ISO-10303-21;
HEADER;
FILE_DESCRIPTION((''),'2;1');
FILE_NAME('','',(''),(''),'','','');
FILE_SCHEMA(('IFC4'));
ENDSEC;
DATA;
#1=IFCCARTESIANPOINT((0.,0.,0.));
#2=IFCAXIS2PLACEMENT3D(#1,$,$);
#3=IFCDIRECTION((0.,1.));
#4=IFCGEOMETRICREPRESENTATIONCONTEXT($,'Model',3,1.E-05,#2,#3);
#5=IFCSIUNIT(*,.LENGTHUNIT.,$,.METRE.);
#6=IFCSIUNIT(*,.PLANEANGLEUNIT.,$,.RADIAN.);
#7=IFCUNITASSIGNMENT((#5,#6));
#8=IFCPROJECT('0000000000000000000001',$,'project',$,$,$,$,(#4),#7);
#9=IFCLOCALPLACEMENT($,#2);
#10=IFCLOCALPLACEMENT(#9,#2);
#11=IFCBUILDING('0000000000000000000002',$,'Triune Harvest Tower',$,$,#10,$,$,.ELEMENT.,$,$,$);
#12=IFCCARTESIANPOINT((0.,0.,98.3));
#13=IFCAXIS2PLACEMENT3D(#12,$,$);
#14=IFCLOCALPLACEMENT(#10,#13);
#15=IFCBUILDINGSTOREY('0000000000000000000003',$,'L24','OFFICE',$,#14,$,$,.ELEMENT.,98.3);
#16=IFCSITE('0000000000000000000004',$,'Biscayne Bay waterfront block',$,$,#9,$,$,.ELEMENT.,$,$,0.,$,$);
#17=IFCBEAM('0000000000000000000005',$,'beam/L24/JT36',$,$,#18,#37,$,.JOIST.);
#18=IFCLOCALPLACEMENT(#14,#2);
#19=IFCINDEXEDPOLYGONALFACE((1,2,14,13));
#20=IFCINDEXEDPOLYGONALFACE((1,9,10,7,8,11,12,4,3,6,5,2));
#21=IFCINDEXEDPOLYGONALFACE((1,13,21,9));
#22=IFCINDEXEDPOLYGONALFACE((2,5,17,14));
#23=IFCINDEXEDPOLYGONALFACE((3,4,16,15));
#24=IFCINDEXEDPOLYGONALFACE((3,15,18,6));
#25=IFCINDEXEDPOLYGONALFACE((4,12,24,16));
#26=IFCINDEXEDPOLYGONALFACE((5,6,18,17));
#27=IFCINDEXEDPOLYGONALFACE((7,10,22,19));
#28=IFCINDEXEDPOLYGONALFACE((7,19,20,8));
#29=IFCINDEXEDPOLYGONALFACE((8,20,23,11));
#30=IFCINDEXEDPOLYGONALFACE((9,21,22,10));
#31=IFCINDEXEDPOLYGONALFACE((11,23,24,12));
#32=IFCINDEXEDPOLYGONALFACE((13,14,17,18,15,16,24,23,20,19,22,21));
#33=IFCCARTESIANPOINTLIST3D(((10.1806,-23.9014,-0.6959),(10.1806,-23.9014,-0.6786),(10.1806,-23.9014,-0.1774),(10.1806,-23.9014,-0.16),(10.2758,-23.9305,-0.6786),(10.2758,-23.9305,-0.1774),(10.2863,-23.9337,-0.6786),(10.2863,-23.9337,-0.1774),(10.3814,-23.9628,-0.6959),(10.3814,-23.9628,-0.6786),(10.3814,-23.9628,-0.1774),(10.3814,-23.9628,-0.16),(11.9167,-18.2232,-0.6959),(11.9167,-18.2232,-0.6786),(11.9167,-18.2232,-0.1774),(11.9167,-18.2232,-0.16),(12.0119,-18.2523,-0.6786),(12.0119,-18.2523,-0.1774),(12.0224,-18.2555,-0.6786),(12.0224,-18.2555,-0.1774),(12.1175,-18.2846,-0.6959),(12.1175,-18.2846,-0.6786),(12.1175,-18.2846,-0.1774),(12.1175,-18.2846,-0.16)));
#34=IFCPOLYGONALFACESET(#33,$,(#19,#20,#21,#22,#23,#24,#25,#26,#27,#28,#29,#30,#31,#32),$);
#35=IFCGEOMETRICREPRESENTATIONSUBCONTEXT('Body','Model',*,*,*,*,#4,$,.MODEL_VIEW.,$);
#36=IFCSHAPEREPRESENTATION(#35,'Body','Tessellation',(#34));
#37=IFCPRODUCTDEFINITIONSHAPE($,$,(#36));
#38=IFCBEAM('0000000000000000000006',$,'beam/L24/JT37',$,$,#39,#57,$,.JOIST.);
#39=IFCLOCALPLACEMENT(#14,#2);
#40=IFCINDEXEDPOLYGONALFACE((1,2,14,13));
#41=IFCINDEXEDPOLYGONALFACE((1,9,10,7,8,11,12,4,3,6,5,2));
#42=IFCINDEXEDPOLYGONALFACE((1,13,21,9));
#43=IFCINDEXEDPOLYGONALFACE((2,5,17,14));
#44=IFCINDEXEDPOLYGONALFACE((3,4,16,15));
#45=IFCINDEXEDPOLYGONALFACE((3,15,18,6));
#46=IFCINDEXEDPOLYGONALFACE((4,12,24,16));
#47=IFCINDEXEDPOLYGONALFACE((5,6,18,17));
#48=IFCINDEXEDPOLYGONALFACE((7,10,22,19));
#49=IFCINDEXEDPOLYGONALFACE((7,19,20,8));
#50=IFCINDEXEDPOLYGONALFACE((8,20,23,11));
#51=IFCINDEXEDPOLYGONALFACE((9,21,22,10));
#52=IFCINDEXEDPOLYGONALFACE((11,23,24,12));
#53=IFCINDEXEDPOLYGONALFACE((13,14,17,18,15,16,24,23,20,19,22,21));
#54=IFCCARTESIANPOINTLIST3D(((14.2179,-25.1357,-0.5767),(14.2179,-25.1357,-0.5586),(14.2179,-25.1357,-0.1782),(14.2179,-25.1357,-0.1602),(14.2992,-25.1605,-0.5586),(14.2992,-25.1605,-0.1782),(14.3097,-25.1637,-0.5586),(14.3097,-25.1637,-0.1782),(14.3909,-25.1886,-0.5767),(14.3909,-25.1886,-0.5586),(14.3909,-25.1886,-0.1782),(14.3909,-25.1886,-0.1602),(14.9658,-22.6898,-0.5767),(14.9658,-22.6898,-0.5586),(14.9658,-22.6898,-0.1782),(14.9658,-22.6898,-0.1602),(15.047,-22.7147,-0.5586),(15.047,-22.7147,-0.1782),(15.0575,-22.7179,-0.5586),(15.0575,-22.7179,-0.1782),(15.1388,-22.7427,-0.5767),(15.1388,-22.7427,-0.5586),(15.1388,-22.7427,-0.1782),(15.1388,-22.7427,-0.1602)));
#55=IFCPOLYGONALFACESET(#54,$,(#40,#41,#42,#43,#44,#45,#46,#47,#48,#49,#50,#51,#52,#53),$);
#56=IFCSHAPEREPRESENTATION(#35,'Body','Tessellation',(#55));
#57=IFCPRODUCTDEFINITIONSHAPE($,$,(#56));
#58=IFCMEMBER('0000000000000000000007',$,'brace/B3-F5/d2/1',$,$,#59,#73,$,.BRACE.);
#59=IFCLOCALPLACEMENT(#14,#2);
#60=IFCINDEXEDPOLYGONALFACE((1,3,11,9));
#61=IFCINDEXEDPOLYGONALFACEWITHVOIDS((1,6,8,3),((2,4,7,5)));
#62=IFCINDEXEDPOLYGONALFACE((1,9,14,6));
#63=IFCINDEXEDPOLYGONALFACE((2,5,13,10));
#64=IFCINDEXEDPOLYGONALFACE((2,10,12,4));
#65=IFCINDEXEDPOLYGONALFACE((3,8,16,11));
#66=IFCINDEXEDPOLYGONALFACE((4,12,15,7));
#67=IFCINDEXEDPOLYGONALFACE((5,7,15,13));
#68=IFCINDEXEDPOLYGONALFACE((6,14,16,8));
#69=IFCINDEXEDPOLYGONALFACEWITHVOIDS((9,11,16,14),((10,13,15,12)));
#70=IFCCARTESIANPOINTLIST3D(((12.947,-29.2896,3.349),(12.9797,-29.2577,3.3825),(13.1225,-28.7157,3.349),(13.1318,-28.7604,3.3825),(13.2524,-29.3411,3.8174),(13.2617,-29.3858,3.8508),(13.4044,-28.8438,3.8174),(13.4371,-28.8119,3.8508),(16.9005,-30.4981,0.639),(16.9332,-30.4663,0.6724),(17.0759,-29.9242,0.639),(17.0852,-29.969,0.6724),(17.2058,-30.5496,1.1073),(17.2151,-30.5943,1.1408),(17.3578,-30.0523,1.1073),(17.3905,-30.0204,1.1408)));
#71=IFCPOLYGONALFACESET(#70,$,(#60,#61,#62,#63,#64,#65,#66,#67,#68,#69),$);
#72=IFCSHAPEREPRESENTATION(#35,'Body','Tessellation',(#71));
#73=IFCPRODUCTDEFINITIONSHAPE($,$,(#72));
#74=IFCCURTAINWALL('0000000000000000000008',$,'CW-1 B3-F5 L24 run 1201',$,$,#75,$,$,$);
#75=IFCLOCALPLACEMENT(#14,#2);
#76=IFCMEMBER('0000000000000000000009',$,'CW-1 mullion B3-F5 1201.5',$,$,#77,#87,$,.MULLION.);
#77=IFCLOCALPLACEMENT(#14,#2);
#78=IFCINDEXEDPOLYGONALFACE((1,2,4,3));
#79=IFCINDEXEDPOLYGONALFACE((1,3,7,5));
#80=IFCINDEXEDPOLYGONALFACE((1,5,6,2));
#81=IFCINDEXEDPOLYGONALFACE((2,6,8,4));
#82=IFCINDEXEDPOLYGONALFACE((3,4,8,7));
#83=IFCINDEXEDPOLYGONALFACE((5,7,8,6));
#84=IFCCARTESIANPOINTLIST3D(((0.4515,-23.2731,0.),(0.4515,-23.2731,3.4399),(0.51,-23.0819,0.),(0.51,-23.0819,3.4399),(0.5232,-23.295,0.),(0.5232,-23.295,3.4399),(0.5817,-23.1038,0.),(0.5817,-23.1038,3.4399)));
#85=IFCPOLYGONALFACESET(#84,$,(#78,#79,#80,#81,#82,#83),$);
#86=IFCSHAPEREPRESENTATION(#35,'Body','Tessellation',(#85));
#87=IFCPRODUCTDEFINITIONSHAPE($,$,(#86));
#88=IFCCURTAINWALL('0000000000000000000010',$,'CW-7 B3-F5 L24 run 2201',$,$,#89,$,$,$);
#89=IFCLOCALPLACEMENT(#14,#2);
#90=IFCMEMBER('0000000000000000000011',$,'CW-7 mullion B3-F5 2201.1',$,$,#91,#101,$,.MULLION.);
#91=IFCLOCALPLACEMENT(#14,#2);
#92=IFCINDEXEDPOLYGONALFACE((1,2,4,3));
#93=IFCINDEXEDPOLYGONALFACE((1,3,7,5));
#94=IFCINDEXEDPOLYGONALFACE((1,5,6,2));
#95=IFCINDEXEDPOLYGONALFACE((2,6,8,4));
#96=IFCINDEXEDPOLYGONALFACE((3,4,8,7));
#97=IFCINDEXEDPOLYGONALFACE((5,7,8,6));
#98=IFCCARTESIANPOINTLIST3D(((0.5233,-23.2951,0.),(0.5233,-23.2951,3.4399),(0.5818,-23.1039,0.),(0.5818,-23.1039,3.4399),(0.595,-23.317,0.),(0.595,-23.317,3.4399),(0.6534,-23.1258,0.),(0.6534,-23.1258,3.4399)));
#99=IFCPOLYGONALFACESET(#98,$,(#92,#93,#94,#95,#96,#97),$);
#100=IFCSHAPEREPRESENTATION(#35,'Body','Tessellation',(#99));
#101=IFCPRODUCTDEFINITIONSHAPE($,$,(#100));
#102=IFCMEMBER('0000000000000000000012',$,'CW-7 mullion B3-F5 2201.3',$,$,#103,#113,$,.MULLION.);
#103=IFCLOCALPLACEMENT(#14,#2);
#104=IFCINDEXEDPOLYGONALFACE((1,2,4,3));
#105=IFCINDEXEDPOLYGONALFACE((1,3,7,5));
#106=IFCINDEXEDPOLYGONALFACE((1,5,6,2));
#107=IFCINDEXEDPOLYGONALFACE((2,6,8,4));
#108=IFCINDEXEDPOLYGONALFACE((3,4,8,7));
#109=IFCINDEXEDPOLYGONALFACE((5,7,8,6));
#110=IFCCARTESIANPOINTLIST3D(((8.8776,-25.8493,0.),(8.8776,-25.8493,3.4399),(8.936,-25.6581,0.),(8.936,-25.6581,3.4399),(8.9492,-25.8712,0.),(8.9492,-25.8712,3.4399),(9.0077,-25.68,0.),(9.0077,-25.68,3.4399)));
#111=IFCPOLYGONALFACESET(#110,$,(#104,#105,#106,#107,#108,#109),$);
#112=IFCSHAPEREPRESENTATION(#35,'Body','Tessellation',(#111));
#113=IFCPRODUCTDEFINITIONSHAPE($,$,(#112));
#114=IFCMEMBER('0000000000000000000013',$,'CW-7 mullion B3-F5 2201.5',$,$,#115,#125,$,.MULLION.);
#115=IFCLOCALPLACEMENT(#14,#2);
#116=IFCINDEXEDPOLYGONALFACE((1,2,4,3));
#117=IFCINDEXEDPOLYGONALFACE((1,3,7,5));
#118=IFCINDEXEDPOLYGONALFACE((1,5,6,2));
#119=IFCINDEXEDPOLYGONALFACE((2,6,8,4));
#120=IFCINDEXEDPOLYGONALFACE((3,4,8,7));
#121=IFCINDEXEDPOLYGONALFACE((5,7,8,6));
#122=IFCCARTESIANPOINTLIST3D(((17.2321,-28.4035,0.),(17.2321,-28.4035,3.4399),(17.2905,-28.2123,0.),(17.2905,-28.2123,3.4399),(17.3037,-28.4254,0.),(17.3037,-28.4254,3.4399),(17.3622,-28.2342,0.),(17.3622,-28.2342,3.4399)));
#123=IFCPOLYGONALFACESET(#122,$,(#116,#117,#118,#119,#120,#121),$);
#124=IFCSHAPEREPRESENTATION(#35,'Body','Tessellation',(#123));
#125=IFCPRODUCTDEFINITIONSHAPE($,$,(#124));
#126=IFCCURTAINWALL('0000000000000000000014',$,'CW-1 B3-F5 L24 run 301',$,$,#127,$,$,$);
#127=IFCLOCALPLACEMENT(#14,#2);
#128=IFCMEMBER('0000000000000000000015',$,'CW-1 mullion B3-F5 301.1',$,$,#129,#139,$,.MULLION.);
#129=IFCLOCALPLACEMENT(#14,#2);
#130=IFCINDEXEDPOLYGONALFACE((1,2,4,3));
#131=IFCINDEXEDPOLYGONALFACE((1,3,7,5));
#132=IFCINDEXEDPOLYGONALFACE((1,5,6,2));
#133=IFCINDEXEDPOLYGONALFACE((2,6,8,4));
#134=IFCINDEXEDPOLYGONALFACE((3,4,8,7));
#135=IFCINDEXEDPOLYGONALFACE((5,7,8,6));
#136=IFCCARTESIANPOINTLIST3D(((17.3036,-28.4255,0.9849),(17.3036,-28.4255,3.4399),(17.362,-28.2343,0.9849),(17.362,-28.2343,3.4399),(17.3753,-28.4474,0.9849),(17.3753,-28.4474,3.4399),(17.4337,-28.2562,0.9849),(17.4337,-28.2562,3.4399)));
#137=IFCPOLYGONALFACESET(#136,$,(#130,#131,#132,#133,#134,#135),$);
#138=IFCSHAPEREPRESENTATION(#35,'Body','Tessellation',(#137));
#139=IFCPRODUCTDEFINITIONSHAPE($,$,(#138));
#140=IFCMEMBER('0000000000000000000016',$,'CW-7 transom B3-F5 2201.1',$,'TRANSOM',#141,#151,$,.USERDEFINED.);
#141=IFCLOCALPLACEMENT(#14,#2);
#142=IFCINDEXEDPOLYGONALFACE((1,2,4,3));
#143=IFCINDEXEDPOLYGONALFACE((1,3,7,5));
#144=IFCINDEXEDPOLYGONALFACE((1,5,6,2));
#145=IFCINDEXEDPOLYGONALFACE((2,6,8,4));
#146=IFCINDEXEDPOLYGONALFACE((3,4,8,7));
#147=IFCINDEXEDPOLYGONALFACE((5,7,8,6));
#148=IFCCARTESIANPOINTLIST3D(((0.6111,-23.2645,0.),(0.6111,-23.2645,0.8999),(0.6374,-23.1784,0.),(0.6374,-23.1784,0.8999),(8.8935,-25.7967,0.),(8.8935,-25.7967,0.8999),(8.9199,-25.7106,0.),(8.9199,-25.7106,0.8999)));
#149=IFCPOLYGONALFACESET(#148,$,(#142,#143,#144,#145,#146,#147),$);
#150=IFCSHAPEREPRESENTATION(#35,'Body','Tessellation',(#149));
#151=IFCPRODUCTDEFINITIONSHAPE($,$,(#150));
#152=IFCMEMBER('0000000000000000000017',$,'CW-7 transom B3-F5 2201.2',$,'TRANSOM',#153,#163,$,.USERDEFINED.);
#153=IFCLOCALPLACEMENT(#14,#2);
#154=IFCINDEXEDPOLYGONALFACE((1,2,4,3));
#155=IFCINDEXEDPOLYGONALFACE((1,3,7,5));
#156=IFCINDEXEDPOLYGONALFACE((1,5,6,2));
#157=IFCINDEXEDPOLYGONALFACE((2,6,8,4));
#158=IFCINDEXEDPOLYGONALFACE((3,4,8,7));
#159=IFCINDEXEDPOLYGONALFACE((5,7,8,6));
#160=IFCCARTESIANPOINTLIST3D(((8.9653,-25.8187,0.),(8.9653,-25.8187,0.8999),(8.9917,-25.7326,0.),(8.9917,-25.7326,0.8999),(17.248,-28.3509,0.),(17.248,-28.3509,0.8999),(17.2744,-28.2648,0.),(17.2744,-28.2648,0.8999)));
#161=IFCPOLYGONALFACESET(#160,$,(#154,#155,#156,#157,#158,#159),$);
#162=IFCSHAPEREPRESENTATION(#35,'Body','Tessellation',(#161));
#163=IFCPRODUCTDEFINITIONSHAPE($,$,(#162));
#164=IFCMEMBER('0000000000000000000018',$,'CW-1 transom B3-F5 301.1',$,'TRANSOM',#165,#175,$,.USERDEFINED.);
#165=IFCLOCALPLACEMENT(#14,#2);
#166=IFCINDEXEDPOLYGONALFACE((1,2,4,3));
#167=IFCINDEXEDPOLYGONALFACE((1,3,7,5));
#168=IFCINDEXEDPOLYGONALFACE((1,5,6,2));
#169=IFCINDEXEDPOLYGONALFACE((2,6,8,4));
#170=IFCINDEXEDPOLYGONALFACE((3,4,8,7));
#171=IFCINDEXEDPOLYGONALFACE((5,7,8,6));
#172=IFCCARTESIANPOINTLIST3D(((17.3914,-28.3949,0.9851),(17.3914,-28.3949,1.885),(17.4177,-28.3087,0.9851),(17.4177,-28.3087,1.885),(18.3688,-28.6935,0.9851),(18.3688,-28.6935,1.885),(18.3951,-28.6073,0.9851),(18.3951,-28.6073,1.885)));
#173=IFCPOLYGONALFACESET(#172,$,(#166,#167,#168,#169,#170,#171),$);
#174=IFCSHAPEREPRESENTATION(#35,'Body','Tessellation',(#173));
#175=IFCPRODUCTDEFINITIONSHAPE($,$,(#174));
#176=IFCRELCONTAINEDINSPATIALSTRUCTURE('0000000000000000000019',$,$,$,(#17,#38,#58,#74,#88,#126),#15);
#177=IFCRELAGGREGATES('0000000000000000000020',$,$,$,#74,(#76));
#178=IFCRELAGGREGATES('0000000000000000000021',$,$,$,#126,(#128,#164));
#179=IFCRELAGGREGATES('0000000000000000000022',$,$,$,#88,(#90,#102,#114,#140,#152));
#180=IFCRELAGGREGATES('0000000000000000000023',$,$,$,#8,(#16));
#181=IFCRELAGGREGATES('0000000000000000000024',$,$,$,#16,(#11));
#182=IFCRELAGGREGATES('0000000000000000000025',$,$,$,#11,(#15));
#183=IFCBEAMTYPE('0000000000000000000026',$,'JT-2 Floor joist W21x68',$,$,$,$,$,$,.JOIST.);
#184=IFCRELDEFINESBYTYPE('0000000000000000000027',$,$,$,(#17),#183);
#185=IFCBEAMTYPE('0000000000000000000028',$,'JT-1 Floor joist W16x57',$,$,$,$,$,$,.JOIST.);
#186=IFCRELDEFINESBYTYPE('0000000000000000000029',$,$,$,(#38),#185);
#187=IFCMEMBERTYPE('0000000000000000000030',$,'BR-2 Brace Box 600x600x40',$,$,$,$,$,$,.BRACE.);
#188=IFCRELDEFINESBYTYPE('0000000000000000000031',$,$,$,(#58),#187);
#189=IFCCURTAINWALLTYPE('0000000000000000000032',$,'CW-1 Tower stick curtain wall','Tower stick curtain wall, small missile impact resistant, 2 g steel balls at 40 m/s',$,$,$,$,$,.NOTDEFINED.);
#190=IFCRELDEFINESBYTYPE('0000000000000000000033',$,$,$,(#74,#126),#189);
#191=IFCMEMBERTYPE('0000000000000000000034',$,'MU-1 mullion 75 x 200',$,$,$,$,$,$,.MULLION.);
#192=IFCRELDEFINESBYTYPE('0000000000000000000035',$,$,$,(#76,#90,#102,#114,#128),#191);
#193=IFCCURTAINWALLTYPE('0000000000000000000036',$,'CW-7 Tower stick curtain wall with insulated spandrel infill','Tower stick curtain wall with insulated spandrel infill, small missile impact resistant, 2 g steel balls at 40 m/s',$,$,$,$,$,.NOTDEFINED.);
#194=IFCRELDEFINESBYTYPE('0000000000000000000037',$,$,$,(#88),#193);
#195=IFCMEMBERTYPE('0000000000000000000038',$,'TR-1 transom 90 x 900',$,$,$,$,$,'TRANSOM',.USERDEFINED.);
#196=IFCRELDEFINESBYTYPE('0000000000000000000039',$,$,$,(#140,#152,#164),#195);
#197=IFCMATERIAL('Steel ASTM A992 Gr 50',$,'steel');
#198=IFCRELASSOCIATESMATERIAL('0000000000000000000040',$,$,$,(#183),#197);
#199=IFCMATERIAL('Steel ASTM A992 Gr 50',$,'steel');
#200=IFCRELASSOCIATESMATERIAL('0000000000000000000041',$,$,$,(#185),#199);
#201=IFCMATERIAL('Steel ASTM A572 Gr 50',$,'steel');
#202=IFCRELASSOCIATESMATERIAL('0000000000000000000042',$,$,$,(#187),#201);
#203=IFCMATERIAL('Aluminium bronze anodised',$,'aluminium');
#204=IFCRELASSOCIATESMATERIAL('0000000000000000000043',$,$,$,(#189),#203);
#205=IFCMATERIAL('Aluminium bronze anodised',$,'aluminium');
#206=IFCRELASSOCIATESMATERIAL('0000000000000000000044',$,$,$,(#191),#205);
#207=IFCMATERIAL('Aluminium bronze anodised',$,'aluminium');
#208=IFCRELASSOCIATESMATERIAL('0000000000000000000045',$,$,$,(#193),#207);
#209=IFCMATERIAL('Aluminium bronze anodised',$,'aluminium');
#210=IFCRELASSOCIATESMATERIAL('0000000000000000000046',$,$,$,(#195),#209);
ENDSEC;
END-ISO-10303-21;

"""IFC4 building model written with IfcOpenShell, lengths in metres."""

from ifc_helpers import new_model, si_unit, direction, frame, origin, origin_2d, place, context, subcontext, project, spatial, rectangle, hollow_rectangle, i_section, extrude, source, transform, mapped, material, material_profile, profile_set, type_object, element, aggregate, save


model = new_model("IFC4")

# Units and contexts
model_context = context("Model", 3, precision=1e-05, world=origin(), true_north=direction((0.0, 1.0)))
body_context = subcontext(model_context, "Body", "Model", "MODEL_VIEW")
ifc_project = project(units=[si_unit("LENGTHUNIT", "METRE"), si_unit("PLANEANGLEUNIT", "RADIAN")], contexts=[model_context])

# Site, building, storey
site_placement = place(None, origin())
site = spatial("IfcSite", under=ifc_project, at=site_placement, Name="Biscayne Bay waterfront block", CompositionType="ELEMENT", RefElevation=0.0)
building_placement = place(site_placement, origin())
building = spatial("IfcBuilding", under=site, at=building_placement, Name="Triune Harvest Tower", CompositionType="ELEMENT")
storey_placement = place(building_placement, frame((0.0, 0.0, 98.3)))
storey = spatial("IfcBuildingStorey", under=building, at=storey_placement, Name="L24", Description="OFFICE", CompositionType="ELEMENT", Elevation=98.3)

# Beams
ifc_material_1 = material(Name="Steel ASTM A992 Gr 50", Category="steel")
ifc_material_profile_1 = material_profile(ifc_material_1, i_section(OverallWidth=0.21, OverallDepth=0.5359, WebThickness=0.011, FlangeThickness=0.0173, at=origin_2d()), Name="W21x68")
ifc_profile_set_1 = profile_set([ifc_material_profile_1], Name="Steel ASTM A992 Gr 50")
beam_type_1 = type_object("IfcBeamType", Name="JT-2 Floor joist W21x68", PredefinedType="JOIST", material=ifc_profile_set_1)
shared_shape_1 = source(origin(), body_context, "Body", "SweptSolid", [
    extrude(i_section(OverallWidth=0.21, OverallDepth=0.5359, WebThickness=0.011, FlangeThickness=0.0173, at=origin_2d()), origin(), (0.0, 0.0, 1.0), 5.9377),
])
beam_1_placement = place(storey_placement, frame((10.281, -23.9321, -0.428), z_axis=(0.292384, 0.956301, 0.0), x_axis=(-0.956301, 0.292384, 0.0)))
element("IfcBeam", 1, at=beam_1_placement, inside=storey, type_object=beam_type_1, Name="beam/L24/JT36", PredefinedType="JOIST", context=body_context, shape_type="MappedRepresentation", body=[
    mapped(shared_shape_1, transform((0.0, 0.0, 0.0), scale=1.0)),
])
ifc_material_2 = material(Name="Steel ASTM A992 Gr 50", Category="steel")
ifc_material_profile_2 = material_profile(ifc_material_2, i_section(OverallWidth=0.1809, OverallDepth=0.4165, WebThickness=0.011, FlangeThickness=0.0181, at=origin_2d()), Name="W16x57")
ifc_profile_set_2 = profile_set([ifc_material_profile_2], Name="Steel ASTM A992 Gr 50")
beam_type_2 = type_object("IfcBeamType", Name="JT-1 Floor joist W16x57", PredefinedType="JOIST", material=ifc_profile_set_2)
shared_shape_2 = source(origin(), body_context, "Body", "SweptSolid", [
    extrude(i_section(OverallWidth=0.1809, OverallDepth=0.4165, WebThickness=0.011, FlangeThickness=0.0181, at=origin_2d()), origin(), (0.0, 0.0, 1.0), 2.5576),
])
beam_2_placement = place(storey_placement, frame((14.3044, -25.1621, -0.3684), z_axis=(0.292388, 0.9563, 0.0), x_axis=(-0.9563, 0.292388, 0.0)))
element("IfcBeam", 2, at=beam_2_placement, inside=storey, type_object=beam_type_2, Name="beam/L24/JT37", PredefinedType="JOIST", context=body_context, shape_type="MappedRepresentation", body=[
    mapped(shared_shape_2, transform((0.0, 0.0, 0.0), scale=1.0)),
])

# Member
ifc_material_3 = material(Name="Steel ASTM A572 Gr 50", Category="steel")
ifc_material_profile_3 = material_profile(ifc_material_3, hollow_rectangle(XDim=0.6001, YDim=0.6001, WallThickness=0.04, at=origin_2d()), Name="Box 600x600x40")
ifc_profile_set_3 = profile_set([ifc_material_profile_3], Name="Steel ASTM A572 Gr 50")
member_type_1 = type_object("IfcMemberType", Name="BR-2 Brace Box 600x600x40", PredefinedType="BRACE", material=ifc_profile_set_3)
shared_shape_3 = source(origin(), body_context, "Body", "SweptSolid", [
    extrude(hollow_rectangle(XDim=0.6001, YDim=0.6001, WallThickness=0.04, at=origin_2d()), origin(), (0.0, 0.0, 1.0), 4.9431),
])
member_1_placement = place(storey_placement, frame((17.1455, -30.2593, 0.8899), z_axis=(-0.799788, 0.244485, 0.54824), x_axis=(-0.292334, -0.956316, 0.0)))
element("IfcMember", 3, at=member_1_placement, inside=storey, type_object=member_type_1, Name="brace/B3-F5/d2/1", PredefinedType="BRACE", context=body_context, shape_type="MappedRepresentation", body=[
    mapped(shared_shape_3, transform((0.0, 0.0, 0.0), scale=1.0)),
])

# Curtain wall, member
ifc_material_4 = material(Name="Aluminium bronze anodised", Category="aluminium")
curtain_wall_type_1 = type_object("IfcCurtainWallType", Name="CW-1 Tower stick curtain wall", Description="Tower stick curtain wall, small missile impact resistant, 2 g steel balls at 40 m/s", PredefinedType="NOTDEFINED", material=ifc_material_4)
curtain_wall_1_placement = place(storey_placement, origin())
curtain_wall_1 = element("IfcCurtainWall", 4, at=curtain_wall_1_placement, inside=storey, type_object=curtain_wall_type_1, Name="CW-1 B3-F5 L24 run 1201")
ifc_material_5 = material(Name="Aluminium bronze anodised", Category="aluminium")
ifc_material_profile_4 = material_profile(ifc_material_5, rectangle(XDim=0.2, YDim=0.075, at=origin_2d()), Name="MU-1 mullion 75 x 200")
ifc_profile_set_4 = profile_set([ifc_material_profile_4], Name="Aluminium bronze anodised")
member_type_2 = type_object("IfcMemberType", Name="MU-1 mullion 75 x 200", PredefinedType="MULLION", material=ifc_profile_set_4)
shared_shape_4 = source(origin(), body_context, "Body", "SweptSolid", [
    extrude(rectangle(XDim=0.2, YDim=0.075, at=origin_2d()), origin(), (0.0, 0.0, 1.0), 3.4399),
])
member_2_placement = place(storey_placement, frame((0.5166, -23.1885, 0.0), z_axis=(0.0, 0.0, 1.0), x_axis=(0.292379, 0.956302, 0.0)))
member_2 = element("IfcMember", 5, at=member_2_placement, type_object=member_type_2, Name="CW-1 mullion B3-F5 1201.5", PredefinedType="MULLION", context=body_context, shape_type="MappedRepresentation", body=[
    mapped(shared_shape_4, transform((0.0, 0.0, 0.0), scale=1.0)),
])
aggregate(curtain_wall_1, [member_2])

# Curtain wall, members
ifc_material_6 = material(Name="Aluminium bronze anodised", Category="aluminium")
curtain_wall_type_2 = type_object("IfcCurtainWallType", Name="CW-7 Tower stick curtain wall with insulated spandrel infill", Description="Tower stick curtain wall with insulated spandrel infill, small missile impact resistant, 2 g steel balls at 40 m/s", PredefinedType="NOTDEFINED", material=ifc_material_6)
curtain_wall_2_placement = place(storey_placement, origin())
curtain_wall_2 = element("IfcCurtainWall", 6, at=curtain_wall_2_placement, inside=storey, type_object=curtain_wall_type_2, Name="CW-7 B3-F5 L24 run 2201")
member_3_placement = place(storey_placement, frame((0.5884, -23.2104, 0.0), z_axis=(0.0, 0.0, 1.0), x_axis=(0.292373, 0.956304, 0.0)))
member_3 = element("IfcMember", 7, at=member_3_placement, type_object=member_type_2, Name="CW-7 mullion B3-F5 2201.1", PredefinedType="MULLION", context=body_context, shape_type="MappedRepresentation", body=[
    mapped(shared_shape_4, transform((0.0, 0.0, 0.0), scale=1.0)),
])
member_4_placement = place(storey_placement, frame((8.9426, -25.7646, 0.0), z_axis=(0.0, 0.0, 1.0), x_axis=(0.292373, 0.956304, 0.0)))
member_4 = element("IfcMember", 8, at=member_4_placement, type_object=member_type_2, Name="CW-7 mullion B3-F5 2201.3", PredefinedType="MULLION", context=body_context, shape_type="MappedRepresentation", body=[
    mapped(shared_shape_4, transform((0.0, 0.0, 0.0), scale=1.0)),
])
member_5_placement = place(storey_placement, frame((17.2971, -28.3188, 0.0), z_axis=(0.0, 0.0, 1.0), x_axis=(0.292373, 0.956304, 0.0)))
member_5 = element("IfcMember", 9, at=member_5_placement, type_object=member_type_2, Name="CW-7 mullion B3-F5 2201.5", PredefinedType="MULLION", context=body_context, shape_type="MappedRepresentation", body=[
    mapped(shared_shape_4, transform((0.0, 0.0, 0.0), scale=1.0)),
])

# Curtain wall, member
curtain_wall_3_placement = place(storey_placement, origin())
curtain_wall_3 = element("IfcCurtainWall", 10, at=curtain_wall_3_placement, inside=storey, type_object=curtain_wall_type_1, Name="CW-1 B3-F5 L24 run 301")
shared_shape_5 = source(origin(), body_context, "Body", "SweptSolid", [
    extrude(rectangle(XDim=0.2, YDim=0.075, at=origin_2d()), origin(), (0.0, 0.0, 1.0), 2.4551),
])
member_6_placement = place(storey_placement, frame((17.3687, -28.3408, 0.9849), z_axis=(0.0, 0.0, 1.0), x_axis=(0.29237, 0.956305, 0.0)))
member_6 = element("IfcMember", 11, at=member_6_placement, type_object=member_type_2, Name="CW-1 mullion B3-F5 301.1", PredefinedType="MULLION", context=body_context, shape_type="MappedRepresentation", body=[
    mapped(shared_shape_5, transform((0.0, 0.0, 0.0), scale=1.0)),
])

# Members
ifc_material_7 = material(Name="Aluminium bronze anodised", Category="aluminium")
ifc_material_profile_5 = material_profile(ifc_material_7, rectangle(XDim=0.0901, YDim=0.8999, at=origin_2d()), Name="TR-1 transom 90 x 900")
ifc_profile_set_5 = profile_set([ifc_material_profile_5], Name="Aluminium bronze anodised")
member_type_3 = type_object("IfcMemberType", Name="TR-1 transom 90 x 900", ElementType="TRANSOM", PredefinedType="USERDEFINED", material=ifc_profile_set_5)
shared_shape_6 = source(origin(), body_context, "Body", "SweptSolid", [
    extrude(rectangle(XDim=0.0901, YDim=0.8999, at=origin_2d()), origin(), (0.0, 0.0, 1.0), 8.6609),
])
member_7_placement = place(storey_placement, frame((0.6243, -23.2214, 0.45), z_axis=(0.956304, -0.292374, 0.0), x_axis=(0.292374, 0.956304, 0.0)))
member_7 = element("IfcMember", 12, at=member_7_placement, type_object=member_type_3, Name="CW-7 transom B3-F5 2201.1", ObjectType="TRANSOM", PredefinedType="USERDEFINED", context=body_context, shape_type="MappedRepresentation", body=[
    mapped(shared_shape_6, transform((0.0, 0.0, 0.0), scale=1.0)),
])
shared_shape_7 = source(origin(), body_context, "Body", "SweptSolid", [
    extrude(rectangle(XDim=0.0901, YDim=0.8999, at=origin_2d()), origin(), (0.0, 0.0, 1.0), 8.6611),
])
member_8_placement = place(storey_placement, frame((8.9785, -25.7756, 0.45), z_axis=(0.956306, -0.292366, 0.0), x_axis=(0.292366, 0.956306, 0.0)))
member_8 = element("IfcMember", 13, at=member_8_placement, type_object=member_type_3, Name="CW-7 transom B3-F5 2201.2", ObjectType="TRANSOM", PredefinedType="USERDEFINED", context=body_context, shape_type="MappedRepresentation", body=[
    mapped(shared_shape_7, transform((0.0, 0.0, 0.0), scale=1.0)),
])
shared_shape_8 = source(origin(), body_context, "Body", "SweptSolid", [
    extrude(rectangle(XDim=0.0901, YDim=0.8999, at=origin_2d()), origin(), (0.0, 0.0, 1.0), 1.022),
])
member_9_placement = place(storey_placement, frame((17.4045, -28.3518, 1.4351), z_axis=(0.956361, -0.292188, 0.0), x_axis=(0.292188, 0.956361, 0.0)))
member_9 = element("IfcMember", 14, at=member_9_placement, type_object=member_type_3, Name="CW-1 transom B3-F5 301.1", ObjectType="TRANSOM", PredefinedType="USERDEFINED", context=body_context, shape_type="MappedRepresentation", body=[
    mapped(shared_shape_8, transform((0.0, 0.0, 0.0), scale=1.0)),
])
aggregate(curtain_wall_3, [member_6, member_9])

aggregate(curtain_wall_2, [member_3, member_4, member_5, member_7, member_8])

save(model, "model.ifc")
